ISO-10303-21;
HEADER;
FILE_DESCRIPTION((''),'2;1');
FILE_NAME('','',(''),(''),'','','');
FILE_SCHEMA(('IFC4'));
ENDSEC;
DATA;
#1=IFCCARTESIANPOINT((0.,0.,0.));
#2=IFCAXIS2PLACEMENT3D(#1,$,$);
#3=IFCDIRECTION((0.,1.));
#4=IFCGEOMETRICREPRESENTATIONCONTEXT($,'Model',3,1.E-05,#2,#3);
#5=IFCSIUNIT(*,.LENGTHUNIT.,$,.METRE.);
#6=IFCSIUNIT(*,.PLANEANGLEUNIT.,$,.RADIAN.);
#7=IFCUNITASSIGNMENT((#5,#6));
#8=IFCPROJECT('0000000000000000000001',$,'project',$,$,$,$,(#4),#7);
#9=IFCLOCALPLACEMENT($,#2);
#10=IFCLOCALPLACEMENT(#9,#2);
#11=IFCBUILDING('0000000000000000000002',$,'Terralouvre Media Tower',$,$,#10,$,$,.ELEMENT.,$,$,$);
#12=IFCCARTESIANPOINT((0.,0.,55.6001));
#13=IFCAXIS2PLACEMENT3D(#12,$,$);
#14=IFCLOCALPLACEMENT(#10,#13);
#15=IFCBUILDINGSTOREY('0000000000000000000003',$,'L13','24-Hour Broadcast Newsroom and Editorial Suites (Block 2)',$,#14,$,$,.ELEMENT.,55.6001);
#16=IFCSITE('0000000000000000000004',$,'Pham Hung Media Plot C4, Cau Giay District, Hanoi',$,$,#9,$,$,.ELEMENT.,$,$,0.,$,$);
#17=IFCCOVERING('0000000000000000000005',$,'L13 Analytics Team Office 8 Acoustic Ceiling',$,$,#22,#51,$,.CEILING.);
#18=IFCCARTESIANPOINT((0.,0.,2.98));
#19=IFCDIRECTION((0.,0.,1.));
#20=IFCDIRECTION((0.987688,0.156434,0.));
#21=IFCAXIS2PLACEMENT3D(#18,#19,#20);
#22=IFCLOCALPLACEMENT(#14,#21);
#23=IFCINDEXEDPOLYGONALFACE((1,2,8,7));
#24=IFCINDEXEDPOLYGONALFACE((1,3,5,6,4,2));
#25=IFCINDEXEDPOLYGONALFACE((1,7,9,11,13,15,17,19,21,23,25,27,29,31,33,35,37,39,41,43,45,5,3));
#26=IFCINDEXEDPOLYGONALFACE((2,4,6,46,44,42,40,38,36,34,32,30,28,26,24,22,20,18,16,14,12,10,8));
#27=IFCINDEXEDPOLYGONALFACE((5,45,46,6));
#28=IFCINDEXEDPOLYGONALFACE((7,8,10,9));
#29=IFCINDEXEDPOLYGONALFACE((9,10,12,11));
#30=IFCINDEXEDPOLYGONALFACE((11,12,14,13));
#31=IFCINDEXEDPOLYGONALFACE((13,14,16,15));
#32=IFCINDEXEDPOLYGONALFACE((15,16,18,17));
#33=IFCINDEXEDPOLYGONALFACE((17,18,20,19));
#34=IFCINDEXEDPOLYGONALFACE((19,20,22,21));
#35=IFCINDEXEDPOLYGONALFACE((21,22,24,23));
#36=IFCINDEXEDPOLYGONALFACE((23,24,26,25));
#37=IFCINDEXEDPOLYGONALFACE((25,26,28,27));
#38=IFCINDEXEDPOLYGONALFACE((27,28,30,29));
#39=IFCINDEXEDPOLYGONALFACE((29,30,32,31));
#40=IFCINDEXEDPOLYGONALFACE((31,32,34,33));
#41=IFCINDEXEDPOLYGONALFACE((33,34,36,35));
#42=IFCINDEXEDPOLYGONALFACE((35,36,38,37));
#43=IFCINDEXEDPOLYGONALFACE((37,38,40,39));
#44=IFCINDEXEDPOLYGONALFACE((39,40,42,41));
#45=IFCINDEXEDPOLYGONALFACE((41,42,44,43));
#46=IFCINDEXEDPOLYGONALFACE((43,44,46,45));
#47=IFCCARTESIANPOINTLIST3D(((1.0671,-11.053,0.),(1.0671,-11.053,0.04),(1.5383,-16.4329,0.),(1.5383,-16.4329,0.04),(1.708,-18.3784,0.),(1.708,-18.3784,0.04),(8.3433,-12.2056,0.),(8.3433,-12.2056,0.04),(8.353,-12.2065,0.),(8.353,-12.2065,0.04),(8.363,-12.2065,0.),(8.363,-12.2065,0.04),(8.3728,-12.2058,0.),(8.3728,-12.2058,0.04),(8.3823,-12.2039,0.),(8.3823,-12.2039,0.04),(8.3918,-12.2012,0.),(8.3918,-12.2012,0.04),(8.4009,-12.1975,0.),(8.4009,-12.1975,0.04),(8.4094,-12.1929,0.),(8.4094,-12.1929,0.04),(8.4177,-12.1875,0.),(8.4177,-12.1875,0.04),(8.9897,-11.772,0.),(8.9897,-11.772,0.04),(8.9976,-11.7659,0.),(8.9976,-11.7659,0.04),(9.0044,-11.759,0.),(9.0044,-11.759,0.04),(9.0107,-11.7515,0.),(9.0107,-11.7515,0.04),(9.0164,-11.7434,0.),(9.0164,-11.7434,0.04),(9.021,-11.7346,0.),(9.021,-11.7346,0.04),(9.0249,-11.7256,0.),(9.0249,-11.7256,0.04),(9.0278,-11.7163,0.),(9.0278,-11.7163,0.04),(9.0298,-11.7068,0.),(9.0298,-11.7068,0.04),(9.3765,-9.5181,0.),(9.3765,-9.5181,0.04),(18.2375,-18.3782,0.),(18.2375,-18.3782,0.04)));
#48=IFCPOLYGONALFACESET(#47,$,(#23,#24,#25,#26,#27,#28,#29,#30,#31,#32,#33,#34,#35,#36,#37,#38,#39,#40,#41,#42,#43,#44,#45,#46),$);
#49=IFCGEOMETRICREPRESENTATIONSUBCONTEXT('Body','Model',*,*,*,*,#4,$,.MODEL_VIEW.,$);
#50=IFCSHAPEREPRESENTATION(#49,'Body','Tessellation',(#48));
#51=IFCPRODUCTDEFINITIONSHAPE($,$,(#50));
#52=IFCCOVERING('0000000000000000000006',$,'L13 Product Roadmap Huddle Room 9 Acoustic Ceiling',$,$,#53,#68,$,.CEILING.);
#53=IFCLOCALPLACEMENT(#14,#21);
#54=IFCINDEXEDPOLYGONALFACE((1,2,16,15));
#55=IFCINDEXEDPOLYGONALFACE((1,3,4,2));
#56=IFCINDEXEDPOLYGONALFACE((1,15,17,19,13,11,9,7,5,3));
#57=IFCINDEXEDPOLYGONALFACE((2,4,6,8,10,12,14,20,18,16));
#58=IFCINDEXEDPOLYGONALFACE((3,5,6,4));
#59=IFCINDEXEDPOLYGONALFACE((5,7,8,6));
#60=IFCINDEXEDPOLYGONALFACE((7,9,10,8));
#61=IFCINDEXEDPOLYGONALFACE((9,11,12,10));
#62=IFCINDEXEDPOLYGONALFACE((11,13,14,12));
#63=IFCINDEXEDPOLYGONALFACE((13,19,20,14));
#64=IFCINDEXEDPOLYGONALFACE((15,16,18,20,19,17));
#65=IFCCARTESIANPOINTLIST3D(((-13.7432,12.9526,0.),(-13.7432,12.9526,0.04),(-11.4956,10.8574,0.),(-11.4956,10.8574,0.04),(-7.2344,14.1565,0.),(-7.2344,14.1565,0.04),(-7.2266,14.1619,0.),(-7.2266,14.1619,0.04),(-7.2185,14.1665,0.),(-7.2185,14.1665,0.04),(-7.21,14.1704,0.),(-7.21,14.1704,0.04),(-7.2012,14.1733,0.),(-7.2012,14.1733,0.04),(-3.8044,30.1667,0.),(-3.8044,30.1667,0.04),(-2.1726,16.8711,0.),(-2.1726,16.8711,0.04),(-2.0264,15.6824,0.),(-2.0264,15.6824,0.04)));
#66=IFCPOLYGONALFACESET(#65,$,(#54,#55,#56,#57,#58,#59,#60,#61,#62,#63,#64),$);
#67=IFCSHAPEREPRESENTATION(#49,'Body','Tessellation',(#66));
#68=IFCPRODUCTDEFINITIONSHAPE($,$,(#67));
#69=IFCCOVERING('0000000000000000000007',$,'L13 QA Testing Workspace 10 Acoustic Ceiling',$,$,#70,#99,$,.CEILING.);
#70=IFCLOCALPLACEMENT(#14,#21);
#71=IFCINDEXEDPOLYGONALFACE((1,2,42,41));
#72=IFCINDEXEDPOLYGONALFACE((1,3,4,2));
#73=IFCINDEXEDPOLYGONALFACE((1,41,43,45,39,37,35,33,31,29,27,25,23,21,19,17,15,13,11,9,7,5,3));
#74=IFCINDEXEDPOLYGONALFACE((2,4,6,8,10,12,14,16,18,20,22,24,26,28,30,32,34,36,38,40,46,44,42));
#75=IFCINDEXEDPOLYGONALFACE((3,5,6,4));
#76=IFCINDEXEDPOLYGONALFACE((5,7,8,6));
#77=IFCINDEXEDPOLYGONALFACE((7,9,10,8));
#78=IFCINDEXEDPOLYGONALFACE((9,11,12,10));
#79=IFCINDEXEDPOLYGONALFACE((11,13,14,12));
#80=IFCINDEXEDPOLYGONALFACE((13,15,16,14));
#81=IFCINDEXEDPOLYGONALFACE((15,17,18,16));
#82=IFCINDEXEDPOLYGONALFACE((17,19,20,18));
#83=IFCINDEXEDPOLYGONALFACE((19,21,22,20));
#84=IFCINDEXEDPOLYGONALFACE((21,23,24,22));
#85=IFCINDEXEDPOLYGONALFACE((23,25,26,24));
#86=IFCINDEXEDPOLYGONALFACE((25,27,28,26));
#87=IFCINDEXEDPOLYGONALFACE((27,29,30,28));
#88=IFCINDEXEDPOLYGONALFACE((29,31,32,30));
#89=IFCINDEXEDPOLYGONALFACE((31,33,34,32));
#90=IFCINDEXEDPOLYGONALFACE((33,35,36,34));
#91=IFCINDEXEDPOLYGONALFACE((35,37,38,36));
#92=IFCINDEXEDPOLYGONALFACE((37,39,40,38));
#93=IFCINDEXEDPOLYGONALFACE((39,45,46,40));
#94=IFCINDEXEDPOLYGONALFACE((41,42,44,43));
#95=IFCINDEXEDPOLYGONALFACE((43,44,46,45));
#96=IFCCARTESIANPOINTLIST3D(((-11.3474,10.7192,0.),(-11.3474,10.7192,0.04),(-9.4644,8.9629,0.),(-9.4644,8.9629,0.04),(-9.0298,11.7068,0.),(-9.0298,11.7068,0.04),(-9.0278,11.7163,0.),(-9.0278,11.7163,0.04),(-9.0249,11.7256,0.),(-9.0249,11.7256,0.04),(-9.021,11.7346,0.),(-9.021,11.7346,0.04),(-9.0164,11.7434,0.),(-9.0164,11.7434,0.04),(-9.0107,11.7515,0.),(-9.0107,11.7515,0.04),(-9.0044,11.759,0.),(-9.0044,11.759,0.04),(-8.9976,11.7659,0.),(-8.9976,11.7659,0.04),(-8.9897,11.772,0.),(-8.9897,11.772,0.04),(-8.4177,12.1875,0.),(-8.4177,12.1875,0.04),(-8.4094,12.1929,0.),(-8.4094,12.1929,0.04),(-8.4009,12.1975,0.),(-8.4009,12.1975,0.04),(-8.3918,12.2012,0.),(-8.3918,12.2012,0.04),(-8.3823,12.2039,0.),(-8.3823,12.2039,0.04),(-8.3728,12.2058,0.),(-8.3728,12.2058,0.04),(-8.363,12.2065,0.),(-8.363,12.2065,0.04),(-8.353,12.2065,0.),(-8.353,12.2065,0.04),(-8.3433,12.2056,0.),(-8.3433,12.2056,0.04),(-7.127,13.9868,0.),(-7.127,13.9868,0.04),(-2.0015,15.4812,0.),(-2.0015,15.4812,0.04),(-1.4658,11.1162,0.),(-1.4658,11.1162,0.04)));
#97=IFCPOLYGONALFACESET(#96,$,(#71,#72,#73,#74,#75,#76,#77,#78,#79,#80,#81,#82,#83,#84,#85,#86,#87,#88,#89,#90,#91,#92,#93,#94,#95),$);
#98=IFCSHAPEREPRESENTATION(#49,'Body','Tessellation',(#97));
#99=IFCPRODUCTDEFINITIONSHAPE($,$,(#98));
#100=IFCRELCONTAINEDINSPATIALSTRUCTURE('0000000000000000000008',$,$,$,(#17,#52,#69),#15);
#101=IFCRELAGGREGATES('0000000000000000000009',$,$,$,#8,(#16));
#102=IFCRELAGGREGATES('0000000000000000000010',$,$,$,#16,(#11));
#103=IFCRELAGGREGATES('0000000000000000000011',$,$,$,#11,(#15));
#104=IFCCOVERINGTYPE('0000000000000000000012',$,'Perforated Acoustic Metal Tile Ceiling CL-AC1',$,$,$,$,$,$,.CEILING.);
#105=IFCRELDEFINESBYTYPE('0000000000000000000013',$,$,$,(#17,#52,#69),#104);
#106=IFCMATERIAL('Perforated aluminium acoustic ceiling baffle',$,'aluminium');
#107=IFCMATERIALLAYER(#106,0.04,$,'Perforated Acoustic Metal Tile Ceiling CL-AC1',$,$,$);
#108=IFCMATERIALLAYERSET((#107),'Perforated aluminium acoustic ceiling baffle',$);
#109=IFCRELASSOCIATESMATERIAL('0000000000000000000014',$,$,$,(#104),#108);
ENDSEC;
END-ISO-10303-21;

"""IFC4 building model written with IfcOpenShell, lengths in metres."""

from ifc_helpers import new_model, si_unit, direction, frame, origin, place, context, subcontext, project, spatial, polyline, outline, extrude, material, layer, layer_set, type_object, element, save


model = new_model("IFC4")

# Units and contexts
model_context = context("Model", 3, precision=1e-05, world=origin(), true_north=direction((0.0, 1.0)))
body_context = subcontext(model_context, "Body", "Model", "MODEL_VIEW")
ifc_project = project(units=[si_unit("LENGTHUNIT", "METRE"), si_unit("PLANEANGLEUNIT", "RADIAN")], contexts=[model_context])

# Site, building, storey
site_placement = place(None, origin())
site = spatial("IfcSite", under=ifc_project, at=site_placement, Name="Pham Hung Media Plot C4, Cau Giay District, Hanoi", CompositionType="ELEMENT", RefElevation=0.0)
building_placement = place(site_placement, origin())
building = spatial("IfcBuilding", under=site, at=building_placement, Name="Terralouvre Media Tower", CompositionType="ELEMENT")
storey_placement = place(building_placement, frame((0.0, 0.0, 55.6001)))
storey = spatial("IfcBuildingStorey", under=building, at=storey_placement, Name="L13", Description="24-Hour Broadcast Newsroom and Editorial Suites (Block 2)", CompositionType="ELEMENT", Elevation=55.6001)

# Coverings
ifc_material_1 = material(Name="Perforated aluminium acoustic ceiling baffle", Category="aluminium")
ifc_layer_1 = layer(ifc_material_1, 0.04, Name="Perforated Acoustic Metal Tile Ceiling CL-AC1")
ifc_layer_set_1 = layer_set([ifc_layer_1], Name="Perforated aluminium acoustic ceiling baffle")
covering_type = type_object("IfcCoveringType", Name="Perforated Acoustic Metal Tile Ceiling CL-AC1", PredefinedType="CEILING", material=ifc_layer_set_1)
covering_1_placement = place(storey_placement, frame((0.0, 0.0, 2.98), z_axis=(0.0, 0.0, 1.0), x_axis=(0.987688, 0.156434, 0.0)))
element("IfcCovering", 1, at=covering_1_placement, inside=storey, type_object=covering_type, Name="L13 Analytics Team Office 8 Acoustic Ceiling", PredefinedType="CEILING", context=body_context, shape_type="SweptSolid", body=[
    extrude(outline(polyline([(9.0298, -11.7068), (9.0278, -11.7163), (9.0249, -11.7256), (9.021, -11.7346), (9.0164, -11.7434), (9.0107, -11.7515), (9.0044, -11.759), (8.9976, -11.7659), (8.9897, -11.772), (8.4177, -12.1875), (8.4094, -12.1929), (8.4009, -12.1975), (8.3918, -12.2012), (8.3823, -12.2039), (8.3728, -12.2058), (8.363, -12.2065), (8.353, -12.2065), (8.3433, -12.2056), (1.0671, -11.053), (1.5383, -16.4329), (1.708, -18.3784), (18.2375, -18.3782), (9.3765, -9.5181), (9.0298, -11.7068)])), origin(), (0.0, 0.0, 1.0), 0.04),
])
covering_2_placement = place(storey_placement, frame((0.0, 0.0, 2.98), z_axis=(0.0, 0.0, 1.0), x_axis=(0.987688, 0.156434, 0.0)))
element("IfcCovering", 2, at=covering_2_placement, inside=storey, type_object=covering_type, Name="L13 Product Roadmap Huddle Room 9 Acoustic Ceiling", PredefinedType="CEILING", context=body_context, shape_type="SweptSolid", body=[
    extrude(outline(polyline([(-7.2344, 14.1565), (-7.2266, 14.1619), (-7.2185, 14.1665), (-7.21, 14.1704), (-7.2012, 14.1733), (-2.0264, 15.6824), (-2.1726, 16.8711), (-3.8044, 30.1667), (-13.7432, 12.9526), (-11.4956, 10.8574), (-7.2344, 14.1565)])), origin(), (0.0, 0.0, 1.0), 0.04),
])
covering_3_placement = place(storey_placement, frame((0.0, 0.0, 2.98), z_axis=(0.0, 0.0, 1.0), x_axis=(0.987688, 0.156434, 0.0)))
element("IfcCovering", 3, at=covering_3_placement, inside=storey, type_object=covering_type, Name="L13 QA Testing Workspace 10 Acoustic Ceiling", PredefinedType="CEILING", context=body_context, shape_type="SweptSolid", body=[
    extrude(outline(polyline([(-7.127, 13.9868), (-11.3474, 10.7192), (-9.4644, 8.9629), (-9.0298, 11.7068), (-9.0278, 11.7163), (-9.0249, 11.7256), (-9.021, 11.7346), (-9.0164, 11.7434), (-9.0107, 11.7515), (-9.0044, 11.759), (-8.9976, 11.7659), (-8.9897, 11.772), (-8.4177, 12.1875), (-8.4094, 12.1929), (-8.4009, 12.1975), (-8.3918, 12.2012), (-8.3823, 12.2039), (-8.3728, 12.2058), (-8.363, 12.2065), (-8.353, 12.2065), (-8.3433, 12.2056), (-1.4658, 11.1162), (-2.0015, 15.4812), (-7.127, 13.9868)])), origin(), (0.0, 0.0, 1.0), 0.04),
])

save(model, "model.ifc")
